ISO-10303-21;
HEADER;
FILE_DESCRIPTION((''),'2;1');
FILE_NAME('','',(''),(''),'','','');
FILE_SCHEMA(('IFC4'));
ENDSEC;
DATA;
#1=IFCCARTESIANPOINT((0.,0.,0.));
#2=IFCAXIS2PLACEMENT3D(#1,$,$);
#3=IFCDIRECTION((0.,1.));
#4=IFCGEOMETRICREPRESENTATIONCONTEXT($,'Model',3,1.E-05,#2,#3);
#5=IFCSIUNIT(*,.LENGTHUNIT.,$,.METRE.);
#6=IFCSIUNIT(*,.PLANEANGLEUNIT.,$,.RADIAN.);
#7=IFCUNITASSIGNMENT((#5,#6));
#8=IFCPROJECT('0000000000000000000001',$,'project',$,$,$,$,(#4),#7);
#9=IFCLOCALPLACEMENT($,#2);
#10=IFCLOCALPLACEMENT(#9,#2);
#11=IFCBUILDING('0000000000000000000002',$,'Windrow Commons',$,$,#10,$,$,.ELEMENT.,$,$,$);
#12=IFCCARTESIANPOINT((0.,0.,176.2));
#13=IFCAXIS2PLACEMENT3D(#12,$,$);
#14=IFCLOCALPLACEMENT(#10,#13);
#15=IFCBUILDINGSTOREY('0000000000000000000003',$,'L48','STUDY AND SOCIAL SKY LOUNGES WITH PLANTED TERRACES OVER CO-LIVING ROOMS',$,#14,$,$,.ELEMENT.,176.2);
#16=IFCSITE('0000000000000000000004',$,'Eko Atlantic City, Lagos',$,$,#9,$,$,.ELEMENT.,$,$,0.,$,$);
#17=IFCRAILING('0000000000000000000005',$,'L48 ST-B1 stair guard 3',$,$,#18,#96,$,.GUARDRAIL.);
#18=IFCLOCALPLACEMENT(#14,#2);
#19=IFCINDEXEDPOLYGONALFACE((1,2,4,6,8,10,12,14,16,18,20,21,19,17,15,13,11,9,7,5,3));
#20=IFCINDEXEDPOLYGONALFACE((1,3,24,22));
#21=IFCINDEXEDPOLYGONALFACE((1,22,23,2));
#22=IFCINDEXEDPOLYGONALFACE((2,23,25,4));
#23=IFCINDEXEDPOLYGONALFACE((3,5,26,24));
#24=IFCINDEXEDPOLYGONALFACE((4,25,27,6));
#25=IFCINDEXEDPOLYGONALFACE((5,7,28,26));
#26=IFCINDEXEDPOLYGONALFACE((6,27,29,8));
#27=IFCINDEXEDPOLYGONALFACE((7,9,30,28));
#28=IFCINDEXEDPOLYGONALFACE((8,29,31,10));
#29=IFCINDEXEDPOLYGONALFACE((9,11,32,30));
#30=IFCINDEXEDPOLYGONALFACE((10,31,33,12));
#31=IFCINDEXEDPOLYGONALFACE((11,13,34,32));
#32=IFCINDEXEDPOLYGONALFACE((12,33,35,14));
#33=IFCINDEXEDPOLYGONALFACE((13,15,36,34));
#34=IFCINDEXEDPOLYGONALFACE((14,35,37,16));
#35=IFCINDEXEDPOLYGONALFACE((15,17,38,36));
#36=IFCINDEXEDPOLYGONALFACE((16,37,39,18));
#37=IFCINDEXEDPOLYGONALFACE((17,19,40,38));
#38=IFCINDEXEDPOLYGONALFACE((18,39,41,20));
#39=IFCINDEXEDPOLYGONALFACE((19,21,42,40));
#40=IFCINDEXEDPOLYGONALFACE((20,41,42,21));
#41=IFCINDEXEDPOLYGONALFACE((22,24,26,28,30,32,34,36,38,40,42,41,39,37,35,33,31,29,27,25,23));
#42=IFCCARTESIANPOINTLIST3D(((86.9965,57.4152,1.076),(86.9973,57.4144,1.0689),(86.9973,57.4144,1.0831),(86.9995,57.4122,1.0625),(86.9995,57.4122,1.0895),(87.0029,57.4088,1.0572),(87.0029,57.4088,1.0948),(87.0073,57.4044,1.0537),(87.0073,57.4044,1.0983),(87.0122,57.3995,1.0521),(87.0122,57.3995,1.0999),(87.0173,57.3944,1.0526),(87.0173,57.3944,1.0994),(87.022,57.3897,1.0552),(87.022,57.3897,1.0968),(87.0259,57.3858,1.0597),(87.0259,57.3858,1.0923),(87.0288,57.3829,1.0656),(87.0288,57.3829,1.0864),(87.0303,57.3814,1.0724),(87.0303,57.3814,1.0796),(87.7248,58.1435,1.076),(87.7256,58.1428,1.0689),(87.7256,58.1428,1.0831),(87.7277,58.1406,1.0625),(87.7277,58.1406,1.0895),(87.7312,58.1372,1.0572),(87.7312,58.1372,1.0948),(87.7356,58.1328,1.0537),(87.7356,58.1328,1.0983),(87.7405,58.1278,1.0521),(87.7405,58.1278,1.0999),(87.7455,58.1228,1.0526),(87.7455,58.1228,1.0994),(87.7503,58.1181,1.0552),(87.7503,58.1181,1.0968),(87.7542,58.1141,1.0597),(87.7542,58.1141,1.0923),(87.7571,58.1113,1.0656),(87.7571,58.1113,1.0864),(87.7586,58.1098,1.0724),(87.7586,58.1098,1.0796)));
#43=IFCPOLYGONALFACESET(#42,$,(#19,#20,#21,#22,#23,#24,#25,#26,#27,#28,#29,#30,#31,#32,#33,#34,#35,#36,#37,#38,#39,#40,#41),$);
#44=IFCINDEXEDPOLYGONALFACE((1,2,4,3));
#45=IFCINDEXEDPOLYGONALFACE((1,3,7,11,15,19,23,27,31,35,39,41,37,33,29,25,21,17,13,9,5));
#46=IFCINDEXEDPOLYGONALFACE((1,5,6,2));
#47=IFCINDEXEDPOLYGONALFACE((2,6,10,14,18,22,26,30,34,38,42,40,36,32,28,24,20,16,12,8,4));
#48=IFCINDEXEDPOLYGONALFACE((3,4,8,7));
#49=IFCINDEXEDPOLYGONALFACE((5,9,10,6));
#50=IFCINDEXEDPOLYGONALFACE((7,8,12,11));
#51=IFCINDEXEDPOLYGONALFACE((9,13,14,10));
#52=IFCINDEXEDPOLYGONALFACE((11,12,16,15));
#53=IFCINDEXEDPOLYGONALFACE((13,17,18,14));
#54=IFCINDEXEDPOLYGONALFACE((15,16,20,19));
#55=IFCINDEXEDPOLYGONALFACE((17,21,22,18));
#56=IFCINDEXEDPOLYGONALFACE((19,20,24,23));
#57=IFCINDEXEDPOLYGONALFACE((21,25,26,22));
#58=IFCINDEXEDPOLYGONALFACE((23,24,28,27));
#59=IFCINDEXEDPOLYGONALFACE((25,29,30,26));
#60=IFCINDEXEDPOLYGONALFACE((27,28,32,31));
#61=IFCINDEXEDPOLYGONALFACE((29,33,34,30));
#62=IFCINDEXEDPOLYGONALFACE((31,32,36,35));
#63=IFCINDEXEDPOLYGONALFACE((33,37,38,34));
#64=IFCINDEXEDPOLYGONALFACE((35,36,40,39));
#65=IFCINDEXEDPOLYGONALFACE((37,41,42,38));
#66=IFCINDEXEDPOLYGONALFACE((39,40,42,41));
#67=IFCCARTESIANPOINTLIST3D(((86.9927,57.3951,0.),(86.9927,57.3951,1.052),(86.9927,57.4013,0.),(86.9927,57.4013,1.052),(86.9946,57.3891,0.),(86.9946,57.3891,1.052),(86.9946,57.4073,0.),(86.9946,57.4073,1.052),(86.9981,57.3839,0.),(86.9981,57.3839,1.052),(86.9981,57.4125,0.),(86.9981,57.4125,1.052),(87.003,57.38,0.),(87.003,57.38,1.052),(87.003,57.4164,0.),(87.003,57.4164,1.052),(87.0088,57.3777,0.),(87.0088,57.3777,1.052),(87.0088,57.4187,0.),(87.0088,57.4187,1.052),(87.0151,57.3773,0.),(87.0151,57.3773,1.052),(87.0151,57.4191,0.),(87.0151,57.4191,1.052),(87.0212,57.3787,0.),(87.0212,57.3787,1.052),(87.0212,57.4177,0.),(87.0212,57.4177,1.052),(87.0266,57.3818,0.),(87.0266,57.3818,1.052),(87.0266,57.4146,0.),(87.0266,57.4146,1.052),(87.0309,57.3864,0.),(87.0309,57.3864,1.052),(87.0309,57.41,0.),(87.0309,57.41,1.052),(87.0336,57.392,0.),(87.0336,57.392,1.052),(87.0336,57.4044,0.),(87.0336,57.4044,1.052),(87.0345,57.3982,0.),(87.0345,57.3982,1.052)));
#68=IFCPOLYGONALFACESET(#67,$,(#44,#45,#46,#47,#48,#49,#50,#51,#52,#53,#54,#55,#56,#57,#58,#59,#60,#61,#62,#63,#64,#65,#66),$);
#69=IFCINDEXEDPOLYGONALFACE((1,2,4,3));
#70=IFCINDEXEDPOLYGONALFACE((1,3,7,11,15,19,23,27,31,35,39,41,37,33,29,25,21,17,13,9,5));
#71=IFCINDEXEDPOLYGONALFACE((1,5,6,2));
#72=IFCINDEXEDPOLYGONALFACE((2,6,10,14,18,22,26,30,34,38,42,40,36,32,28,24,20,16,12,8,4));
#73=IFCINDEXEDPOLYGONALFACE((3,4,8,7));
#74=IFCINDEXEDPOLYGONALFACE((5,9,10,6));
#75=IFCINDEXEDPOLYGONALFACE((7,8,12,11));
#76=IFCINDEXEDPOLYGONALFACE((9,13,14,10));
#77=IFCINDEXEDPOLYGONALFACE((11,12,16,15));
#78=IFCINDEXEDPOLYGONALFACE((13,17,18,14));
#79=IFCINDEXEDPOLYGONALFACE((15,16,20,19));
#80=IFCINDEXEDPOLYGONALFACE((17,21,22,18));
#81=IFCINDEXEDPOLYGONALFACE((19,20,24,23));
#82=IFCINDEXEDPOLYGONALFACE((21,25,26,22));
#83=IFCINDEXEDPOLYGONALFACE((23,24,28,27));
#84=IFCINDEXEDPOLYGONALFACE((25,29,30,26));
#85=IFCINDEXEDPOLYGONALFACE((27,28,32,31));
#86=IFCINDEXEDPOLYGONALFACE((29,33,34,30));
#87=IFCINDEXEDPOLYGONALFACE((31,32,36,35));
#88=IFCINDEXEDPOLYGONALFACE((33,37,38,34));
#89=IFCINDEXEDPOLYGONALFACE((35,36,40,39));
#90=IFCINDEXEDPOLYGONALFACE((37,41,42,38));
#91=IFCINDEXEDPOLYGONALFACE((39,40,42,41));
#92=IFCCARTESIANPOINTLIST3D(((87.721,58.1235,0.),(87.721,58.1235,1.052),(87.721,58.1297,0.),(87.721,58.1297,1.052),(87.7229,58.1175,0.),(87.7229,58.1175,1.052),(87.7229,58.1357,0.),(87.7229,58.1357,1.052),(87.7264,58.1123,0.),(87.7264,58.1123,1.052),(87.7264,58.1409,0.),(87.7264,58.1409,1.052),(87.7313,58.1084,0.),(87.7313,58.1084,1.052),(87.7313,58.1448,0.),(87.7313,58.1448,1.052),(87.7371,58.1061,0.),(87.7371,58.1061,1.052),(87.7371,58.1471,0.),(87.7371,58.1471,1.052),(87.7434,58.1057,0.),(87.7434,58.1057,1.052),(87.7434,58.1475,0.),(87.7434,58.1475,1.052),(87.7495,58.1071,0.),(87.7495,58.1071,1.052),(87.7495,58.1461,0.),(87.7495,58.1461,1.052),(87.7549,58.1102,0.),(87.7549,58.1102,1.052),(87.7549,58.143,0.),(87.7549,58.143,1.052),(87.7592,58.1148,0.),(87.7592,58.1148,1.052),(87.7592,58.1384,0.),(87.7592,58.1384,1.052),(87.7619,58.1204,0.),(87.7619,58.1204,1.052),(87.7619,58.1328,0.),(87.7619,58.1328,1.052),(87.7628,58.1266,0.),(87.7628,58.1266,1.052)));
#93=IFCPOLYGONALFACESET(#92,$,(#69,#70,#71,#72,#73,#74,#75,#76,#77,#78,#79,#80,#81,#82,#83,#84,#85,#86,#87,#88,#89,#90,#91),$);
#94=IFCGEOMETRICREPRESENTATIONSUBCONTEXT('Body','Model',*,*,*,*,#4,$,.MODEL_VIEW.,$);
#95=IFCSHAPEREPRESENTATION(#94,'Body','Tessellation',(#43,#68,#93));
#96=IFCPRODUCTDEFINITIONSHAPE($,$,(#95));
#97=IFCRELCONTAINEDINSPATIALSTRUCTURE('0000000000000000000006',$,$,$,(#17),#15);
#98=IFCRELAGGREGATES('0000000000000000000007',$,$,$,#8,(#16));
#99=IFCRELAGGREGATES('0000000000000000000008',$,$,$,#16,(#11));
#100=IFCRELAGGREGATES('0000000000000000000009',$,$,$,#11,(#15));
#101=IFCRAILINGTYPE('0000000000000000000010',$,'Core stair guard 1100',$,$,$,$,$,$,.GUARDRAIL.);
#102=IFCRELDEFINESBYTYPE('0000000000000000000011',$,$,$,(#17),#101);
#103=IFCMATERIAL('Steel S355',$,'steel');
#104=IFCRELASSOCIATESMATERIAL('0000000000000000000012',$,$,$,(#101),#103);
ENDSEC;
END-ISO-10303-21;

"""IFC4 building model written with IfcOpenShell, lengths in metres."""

from ifc_helpers import new_model, si_unit, direction, frame, origin, origin_2d, place, context, subcontext, project, spatial, circle, extrude, material, type_object, element, save


model = new_model("IFC4")

# Units and contexts
model_context = context("Model", 3, precision=1e-05, world=origin(), true_north=direction((0.0, 1.0)))
body_context = subcontext(model_context, "Body", "Model", "MODEL_VIEW")
ifc_project = project(units=[si_unit("LENGTHUNIT", "METRE"), si_unit("PLANEANGLEUNIT", "RADIAN")], contexts=[model_context])

# Site, building, storey
site_placement = place(None, origin())
site = spatial("IfcSite", under=ifc_project, at=site_placement, Name="Eko Atlantic City, Lagos", CompositionType="ELEMENT", RefElevation=0.0)
building_placement = place(site_placement, origin())
building = spatial("IfcBuilding", under=site, at=building_placement, Name="Windrow Commons", CompositionType="ELEMENT")
storey_placement = place(building_placement, frame((0.0, 0.0, 176.2)))
storey = spatial("IfcBuildingStorey", under=building, at=storey_placement, Name="L48", Description="STUDY AND SOCIAL SKY LOUNGES WITH PLANTED TERRACES OVER CO-LIVING ROOMS", CompositionType="ELEMENT", Elevation=176.2)

# Railing
ifc_material_1 = material(Name="Steel S355", Category="steel")
railing_type_1 = type_object("IfcRailingType", Name="Core stair guard 1100", PredefinedType="GUARDRAIL", material=ifc_material_1)
railing_1_placement = place(storey_placement, frame((87.0135, 57.3982, 0.0)))
element("IfcRailing", 1, at=railing_1_placement, inside=storey, type_object=railing_type_1, Name="L48 ST-B1 stair guard 3", PredefinedType="GUARDRAIL", context=body_context, shape_type="SweptSolid", body=[
    extrude(circle(Radius=0.024, at=origin_2d()), frame((0.0, 0.0, 1.076), z_axis=(0.707058, 0.707155, 0.0), x_axis=(-0.707155, 0.707058, 0.0)), (0.0, 0.0, 1.0), 1.03),
    extrude(circle(Radius=0.021, at=origin_2d()), origin(), (0.0, 0.0, 1.0), 1.052),
    extrude(circle(Radius=0.021, at=origin_2d()), frame((0.7283, 0.7284, 0.0)), (0.0, 0.0, 1.0), 1.052),
])

save(model, "model.ifc")
